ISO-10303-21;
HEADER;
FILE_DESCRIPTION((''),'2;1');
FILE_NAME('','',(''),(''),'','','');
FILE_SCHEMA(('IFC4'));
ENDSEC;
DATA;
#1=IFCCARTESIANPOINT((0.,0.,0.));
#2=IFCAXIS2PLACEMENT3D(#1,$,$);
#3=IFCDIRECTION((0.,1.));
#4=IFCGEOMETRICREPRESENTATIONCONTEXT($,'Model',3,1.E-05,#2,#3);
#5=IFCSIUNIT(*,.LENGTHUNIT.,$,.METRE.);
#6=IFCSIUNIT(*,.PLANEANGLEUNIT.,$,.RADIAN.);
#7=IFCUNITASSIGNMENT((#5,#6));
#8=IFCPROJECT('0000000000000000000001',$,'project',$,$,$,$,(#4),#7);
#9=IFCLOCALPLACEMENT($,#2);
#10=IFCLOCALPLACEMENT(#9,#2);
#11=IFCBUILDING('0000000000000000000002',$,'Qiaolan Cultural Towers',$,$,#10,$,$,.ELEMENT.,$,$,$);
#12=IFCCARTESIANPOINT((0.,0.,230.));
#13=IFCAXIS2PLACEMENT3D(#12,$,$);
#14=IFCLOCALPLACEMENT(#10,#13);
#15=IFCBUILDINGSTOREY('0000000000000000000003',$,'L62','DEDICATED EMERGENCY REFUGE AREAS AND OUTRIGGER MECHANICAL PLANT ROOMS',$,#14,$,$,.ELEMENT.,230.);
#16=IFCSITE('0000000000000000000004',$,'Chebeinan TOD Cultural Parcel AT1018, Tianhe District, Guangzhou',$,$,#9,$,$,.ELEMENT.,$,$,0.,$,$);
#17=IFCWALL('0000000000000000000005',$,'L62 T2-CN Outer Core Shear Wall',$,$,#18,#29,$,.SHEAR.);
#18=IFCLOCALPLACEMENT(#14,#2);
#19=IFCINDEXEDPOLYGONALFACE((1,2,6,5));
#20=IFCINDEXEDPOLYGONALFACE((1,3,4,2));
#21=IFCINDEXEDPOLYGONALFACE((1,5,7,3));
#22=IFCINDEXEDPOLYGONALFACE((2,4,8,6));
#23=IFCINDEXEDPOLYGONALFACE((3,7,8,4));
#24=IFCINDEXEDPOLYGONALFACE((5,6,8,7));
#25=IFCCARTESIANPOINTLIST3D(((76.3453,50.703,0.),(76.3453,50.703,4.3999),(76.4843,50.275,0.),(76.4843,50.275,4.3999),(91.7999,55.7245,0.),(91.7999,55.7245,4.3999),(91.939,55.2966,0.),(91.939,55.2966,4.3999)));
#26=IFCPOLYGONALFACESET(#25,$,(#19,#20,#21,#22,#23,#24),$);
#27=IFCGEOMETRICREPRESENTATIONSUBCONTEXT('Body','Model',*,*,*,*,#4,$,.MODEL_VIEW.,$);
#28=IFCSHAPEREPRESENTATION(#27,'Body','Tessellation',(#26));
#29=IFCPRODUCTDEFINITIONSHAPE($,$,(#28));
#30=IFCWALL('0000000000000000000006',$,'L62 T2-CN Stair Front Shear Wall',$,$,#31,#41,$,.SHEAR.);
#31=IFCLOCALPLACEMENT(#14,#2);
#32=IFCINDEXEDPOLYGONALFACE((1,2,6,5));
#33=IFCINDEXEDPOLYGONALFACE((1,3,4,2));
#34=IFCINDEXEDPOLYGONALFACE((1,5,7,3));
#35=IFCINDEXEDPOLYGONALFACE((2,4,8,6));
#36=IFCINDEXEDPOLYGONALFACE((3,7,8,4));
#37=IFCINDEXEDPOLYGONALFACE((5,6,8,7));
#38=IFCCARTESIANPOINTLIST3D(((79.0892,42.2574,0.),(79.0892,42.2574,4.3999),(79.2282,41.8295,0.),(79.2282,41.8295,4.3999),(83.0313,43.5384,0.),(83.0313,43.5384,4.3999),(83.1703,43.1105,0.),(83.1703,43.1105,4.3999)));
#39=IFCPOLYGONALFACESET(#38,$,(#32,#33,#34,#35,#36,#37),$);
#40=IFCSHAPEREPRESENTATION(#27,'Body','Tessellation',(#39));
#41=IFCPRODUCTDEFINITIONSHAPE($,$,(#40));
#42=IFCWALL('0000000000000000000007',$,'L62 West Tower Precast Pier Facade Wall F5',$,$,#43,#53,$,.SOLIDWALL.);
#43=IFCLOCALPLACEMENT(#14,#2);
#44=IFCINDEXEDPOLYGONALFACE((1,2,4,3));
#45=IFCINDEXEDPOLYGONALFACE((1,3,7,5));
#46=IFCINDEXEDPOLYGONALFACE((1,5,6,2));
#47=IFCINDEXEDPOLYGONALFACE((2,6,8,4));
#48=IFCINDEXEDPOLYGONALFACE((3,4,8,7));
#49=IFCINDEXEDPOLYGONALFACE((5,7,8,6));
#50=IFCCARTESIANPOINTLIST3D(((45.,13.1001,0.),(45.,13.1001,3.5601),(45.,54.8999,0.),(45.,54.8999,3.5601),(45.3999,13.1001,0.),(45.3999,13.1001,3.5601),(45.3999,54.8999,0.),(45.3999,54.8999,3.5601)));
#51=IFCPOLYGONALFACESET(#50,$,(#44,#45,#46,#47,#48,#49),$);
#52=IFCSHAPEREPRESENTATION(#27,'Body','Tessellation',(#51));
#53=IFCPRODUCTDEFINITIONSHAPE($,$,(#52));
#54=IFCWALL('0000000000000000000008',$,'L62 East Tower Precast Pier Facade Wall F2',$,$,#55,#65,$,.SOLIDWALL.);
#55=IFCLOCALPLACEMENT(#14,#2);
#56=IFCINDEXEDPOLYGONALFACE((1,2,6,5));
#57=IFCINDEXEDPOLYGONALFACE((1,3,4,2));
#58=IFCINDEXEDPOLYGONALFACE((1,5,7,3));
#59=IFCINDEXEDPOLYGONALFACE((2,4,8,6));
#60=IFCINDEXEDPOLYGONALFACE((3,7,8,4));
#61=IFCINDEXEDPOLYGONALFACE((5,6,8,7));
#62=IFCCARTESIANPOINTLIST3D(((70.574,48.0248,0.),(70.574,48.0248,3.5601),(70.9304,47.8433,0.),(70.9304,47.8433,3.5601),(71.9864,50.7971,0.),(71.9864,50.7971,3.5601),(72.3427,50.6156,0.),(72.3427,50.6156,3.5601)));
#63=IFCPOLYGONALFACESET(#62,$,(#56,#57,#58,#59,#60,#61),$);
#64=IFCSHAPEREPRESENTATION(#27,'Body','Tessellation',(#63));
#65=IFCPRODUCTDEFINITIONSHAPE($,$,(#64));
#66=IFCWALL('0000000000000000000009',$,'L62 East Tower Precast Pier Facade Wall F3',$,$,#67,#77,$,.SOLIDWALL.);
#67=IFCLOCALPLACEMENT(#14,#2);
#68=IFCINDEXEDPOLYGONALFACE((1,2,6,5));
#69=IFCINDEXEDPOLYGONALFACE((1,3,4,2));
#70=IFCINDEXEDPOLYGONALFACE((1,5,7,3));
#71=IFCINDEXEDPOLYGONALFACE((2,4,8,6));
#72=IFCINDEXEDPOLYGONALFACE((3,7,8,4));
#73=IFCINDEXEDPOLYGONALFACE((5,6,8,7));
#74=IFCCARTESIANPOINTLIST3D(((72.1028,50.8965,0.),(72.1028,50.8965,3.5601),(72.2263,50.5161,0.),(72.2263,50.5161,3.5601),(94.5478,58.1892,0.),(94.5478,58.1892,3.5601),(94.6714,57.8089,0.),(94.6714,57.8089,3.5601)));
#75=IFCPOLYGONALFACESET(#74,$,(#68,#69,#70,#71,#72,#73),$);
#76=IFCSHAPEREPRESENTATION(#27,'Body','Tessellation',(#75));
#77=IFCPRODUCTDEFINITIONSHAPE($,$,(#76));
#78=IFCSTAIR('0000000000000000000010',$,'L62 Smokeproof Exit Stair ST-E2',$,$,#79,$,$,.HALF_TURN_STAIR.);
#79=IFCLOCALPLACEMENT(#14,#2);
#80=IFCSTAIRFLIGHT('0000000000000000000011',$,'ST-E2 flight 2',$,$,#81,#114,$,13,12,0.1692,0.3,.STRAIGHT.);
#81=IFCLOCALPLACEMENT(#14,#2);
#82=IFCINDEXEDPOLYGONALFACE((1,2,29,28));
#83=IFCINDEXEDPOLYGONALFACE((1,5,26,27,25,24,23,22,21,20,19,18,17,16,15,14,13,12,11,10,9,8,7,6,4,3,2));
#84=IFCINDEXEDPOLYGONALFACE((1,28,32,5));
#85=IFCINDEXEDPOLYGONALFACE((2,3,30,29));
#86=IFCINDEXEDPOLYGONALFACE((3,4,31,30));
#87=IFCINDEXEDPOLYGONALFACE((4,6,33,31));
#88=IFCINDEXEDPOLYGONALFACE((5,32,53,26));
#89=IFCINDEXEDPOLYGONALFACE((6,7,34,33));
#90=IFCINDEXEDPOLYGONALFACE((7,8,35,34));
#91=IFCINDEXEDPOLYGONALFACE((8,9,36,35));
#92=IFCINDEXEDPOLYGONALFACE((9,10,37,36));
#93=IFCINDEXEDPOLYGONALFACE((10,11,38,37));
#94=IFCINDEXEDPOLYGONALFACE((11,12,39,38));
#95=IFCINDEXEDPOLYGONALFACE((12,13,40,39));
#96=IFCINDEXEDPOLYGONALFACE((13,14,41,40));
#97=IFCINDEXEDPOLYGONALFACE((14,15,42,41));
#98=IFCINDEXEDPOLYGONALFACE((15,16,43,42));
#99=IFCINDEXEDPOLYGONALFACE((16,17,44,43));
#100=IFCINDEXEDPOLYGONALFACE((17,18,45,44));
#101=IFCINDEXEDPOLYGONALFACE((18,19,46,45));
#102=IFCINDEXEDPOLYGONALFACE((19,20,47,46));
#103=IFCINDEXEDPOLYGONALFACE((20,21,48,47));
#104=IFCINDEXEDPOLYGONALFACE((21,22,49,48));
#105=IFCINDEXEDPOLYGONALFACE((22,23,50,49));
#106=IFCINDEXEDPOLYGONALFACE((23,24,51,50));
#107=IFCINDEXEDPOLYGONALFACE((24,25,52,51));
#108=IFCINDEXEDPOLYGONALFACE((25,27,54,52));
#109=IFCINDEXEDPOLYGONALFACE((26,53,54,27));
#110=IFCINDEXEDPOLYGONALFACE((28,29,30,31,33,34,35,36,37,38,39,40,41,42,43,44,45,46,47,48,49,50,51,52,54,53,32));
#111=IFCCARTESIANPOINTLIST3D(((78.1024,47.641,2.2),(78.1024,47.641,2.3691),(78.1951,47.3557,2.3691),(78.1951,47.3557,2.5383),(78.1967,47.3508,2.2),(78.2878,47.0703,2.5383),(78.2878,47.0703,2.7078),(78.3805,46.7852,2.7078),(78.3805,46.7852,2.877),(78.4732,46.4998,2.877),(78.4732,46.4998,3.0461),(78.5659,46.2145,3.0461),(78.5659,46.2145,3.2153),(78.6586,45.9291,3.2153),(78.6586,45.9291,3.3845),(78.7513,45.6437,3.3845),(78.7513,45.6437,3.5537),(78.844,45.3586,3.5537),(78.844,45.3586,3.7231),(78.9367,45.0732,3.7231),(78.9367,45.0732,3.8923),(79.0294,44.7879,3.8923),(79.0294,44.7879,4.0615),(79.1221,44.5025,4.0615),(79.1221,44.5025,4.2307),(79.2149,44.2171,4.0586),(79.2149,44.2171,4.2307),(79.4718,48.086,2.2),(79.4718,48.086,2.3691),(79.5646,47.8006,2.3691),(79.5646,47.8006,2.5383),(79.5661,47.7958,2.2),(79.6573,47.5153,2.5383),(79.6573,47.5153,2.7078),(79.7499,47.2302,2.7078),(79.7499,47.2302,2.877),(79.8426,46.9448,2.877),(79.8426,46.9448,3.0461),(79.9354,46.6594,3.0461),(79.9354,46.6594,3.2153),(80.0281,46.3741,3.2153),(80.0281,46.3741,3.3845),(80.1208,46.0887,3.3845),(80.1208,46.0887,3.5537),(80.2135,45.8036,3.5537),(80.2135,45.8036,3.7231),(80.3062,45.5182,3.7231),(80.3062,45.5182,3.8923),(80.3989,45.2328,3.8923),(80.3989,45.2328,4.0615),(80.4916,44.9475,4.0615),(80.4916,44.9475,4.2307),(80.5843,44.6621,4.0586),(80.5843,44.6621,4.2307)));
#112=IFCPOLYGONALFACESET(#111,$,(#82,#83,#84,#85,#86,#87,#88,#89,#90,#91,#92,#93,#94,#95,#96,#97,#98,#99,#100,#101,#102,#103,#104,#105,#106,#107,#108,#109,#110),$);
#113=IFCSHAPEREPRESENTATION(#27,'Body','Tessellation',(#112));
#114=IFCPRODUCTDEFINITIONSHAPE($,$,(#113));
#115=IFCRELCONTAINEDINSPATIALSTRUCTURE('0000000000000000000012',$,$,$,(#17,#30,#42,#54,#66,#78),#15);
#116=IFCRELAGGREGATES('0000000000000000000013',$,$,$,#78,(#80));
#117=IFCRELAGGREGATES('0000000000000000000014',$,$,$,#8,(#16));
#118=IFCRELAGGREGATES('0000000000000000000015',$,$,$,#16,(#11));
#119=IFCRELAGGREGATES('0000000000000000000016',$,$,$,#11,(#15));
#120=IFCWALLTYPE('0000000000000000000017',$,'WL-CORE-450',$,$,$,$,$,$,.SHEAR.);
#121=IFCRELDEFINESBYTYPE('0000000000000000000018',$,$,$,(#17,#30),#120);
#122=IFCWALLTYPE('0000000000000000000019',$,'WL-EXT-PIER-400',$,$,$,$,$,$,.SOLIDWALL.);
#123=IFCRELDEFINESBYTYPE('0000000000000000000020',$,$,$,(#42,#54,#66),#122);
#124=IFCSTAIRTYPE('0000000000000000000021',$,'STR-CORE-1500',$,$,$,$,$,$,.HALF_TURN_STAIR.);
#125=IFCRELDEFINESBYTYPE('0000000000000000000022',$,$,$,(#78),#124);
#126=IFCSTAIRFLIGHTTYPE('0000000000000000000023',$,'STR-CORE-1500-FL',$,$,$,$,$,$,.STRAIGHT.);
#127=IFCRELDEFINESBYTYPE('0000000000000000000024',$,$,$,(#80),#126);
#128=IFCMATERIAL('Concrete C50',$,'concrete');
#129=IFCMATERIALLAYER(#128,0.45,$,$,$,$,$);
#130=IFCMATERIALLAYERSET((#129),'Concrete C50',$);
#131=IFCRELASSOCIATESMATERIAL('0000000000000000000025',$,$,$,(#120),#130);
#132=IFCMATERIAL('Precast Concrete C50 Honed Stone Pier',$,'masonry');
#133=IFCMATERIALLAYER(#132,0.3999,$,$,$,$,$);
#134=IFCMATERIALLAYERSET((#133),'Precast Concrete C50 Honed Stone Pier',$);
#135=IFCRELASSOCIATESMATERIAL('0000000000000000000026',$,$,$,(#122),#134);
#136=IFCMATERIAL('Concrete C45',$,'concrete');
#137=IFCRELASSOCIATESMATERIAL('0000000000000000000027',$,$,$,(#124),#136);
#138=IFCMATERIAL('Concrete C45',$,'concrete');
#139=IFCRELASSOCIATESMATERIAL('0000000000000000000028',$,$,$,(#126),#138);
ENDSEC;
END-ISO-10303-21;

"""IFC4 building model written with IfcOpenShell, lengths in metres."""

from ifc_helpers import new_model, si_unit, direction, frame, frame_2d, origin, place, context, subcontext, project, spatial, polyline, rectangle, outline, extrude, material, layer, layer_set, type_object, element, aggregate, save


model = new_model("IFC4")

# Units and contexts
model_context = context("Model", 3, precision=1e-05, world=origin(), true_north=direction((0.0, 1.0)))
body_context = subcontext(model_context, "Body", "Model", "MODEL_VIEW")
ifc_project = project(units=[si_unit("LENGTHUNIT", "METRE"), si_unit("PLANEANGLEUNIT", "RADIAN")], contexts=[model_context])

# Site, building, storey
site_placement = place(None, origin())
site = spatial("IfcSite", under=ifc_project, at=site_placement, Name="Chebeinan TOD Cultural Parcel AT1018, Tianhe District, Guangzhou", CompositionType="ELEMENT", RefElevation=0.0)
building_placement = place(site_placement, origin())
building = spatial("IfcBuilding", under=site, at=building_placement, Name="Qiaolan Cultural Towers", CompositionType="ELEMENT")
storey_placement = place(building_placement, frame((0.0, 0.0, 230.0)))
storey = spatial("IfcBuildingStorey", under=building, at=storey_placement, Name="L62", Description="DEDICATED EMERGENCY REFUGE AREAS AND OUTRIGGER MECHANICAL PLANT ROOMS", CompositionType="ELEMENT", Elevation=230.0)

# Walls
ifc_material_1 = material(Name="Concrete C50", Category="concrete")
ifc_layer_1 = layer(ifc_material_1, 0.45)
ifc_layer_set_1 = layer_set([ifc_layer_1], Name="Concrete C50")
wall_type_1 = type_object("IfcWallType", Name="WL-CORE-450", PredefinedType="SHEAR", material=ifc_layer_set_1)
wall_1_placement = place(storey_placement, frame((76.4148, 50.489, 0.0), z_axis=(0.0, 0.0, 1.0), x_axis=(0.951057, 0.309016, 0.0)))
element("IfcWall", 1, at=wall_1_placement, inside=storey, type_object=wall_type_1, Name="L62 T2-CN Outer Core Shear Wall", PredefinedType="SHEAR", context=body_context, shape_type="SweptSolid", body=[
    extrude(rectangle(XDim=16.25, YDim=0.45, at=frame_2d((8.125, 0.0))), origin(), (0.0, 0.0, 1.0), 4.3999),
])
wall_2_placement = place(storey_placement, frame((79.1587, 42.0435, 0.0), z_axis=(0.0, 0.0, 1.0), x_axis=(0.951047, 0.309045, 0.0)))
element("IfcWall", 2, at=wall_2_placement, inside=storey, type_object=wall_type_1, Name="L62 T2-CN Stair Front Shear Wall", PredefinedType="SHEAR", context=body_context, shape_type="SweptSolid", body=[
    extrude(rectangle(XDim=4.145, YDim=0.45, at=frame_2d((2.0725, 0.0))), origin(), (0.0, 0.0, 1.0), 4.3999),
])
ifc_material_2 = material(Name="Precast Concrete C50 Honed Stone Pier", Category="masonry")
ifc_layer_2 = layer(ifc_material_2, 0.3999)
ifc_layer_set_2 = layer_set([ifc_layer_2], Name="Precast Concrete C50 Honed Stone Pier")
wall_type_2 = type_object("IfcWallType", Name="WL-EXT-PIER-400", PredefinedType="SOLIDWALL", material=ifc_layer_set_2)
wall_3_placement = place(storey_placement, frame((45.2, 54.8999, 0.0), z_axis=(0.0, 0.0, 1.0), x_axis=(0.0, -1.0, 0.0)))
element("IfcWall", 3, at=wall_3_placement, inside=storey, type_object=wall_type_2, Name="L62 West Tower Precast Pier Facade Wall F5", PredefinedType="SOLIDWALL", context=body_context, shape_type="SweptSolid", body=[
    extrude(rectangle(XDim=41.7998, YDim=0.3999, at=frame_2d((20.8999, 0.0))), origin(), (0.0, 0.0, 1.0), 3.5601),
])
wall_4_placement = place(storey_placement, frame((70.7522, 47.9341, 0.0), z_axis=(0.0, 0.0, 1.0), x_axis=(0.453949, 0.891028, 0.0)))
element("IfcWall", 4, at=wall_4_placement, inside=storey, type_object=wall_type_2, Name="L62 East Tower Precast Pier Facade Wall F2", PredefinedType="SOLIDWALL", context=body_context, shape_type="SweptSolid", body=[
    extrude(rectangle(XDim=3.1113, YDim=0.3999, at=frame_2d((1.5557, 0.0))), origin(), (0.0, 0.0, 1.0), 3.5601),
])
wall_5_placement = place(storey_placement, frame((72.1646, 50.7063, 0.0), z_axis=(0.0, 0.0, 1.0), x_axis=(0.951058, 0.309012, 0.0)))
element("IfcWall", 5, at=wall_5_placement, inside=storey, type_object=wall_type_2, Name="L62 East Tower Precast Pier Facade Wall F3", PredefinedType="SOLIDWALL", context=body_context, shape_type="SweptSolid", body=[
    extrude(rectangle(XDim=23.6001, YDim=0.3999, at=frame_2d((11.8, 0.0))), origin(), (0.0, 0.0, 1.0), 3.5601),
])

# Stair, stair flight
ifc_material_3 = material(Name="Concrete C45", Category="concrete")
stair_type = type_object("IfcStairType", Name="STR-CORE-1500", PredefinedType="HALF_TURN_STAIR", material=ifc_material_3)
stair_placement = place(storey_placement, origin())
stair = element("IfcStair", 6, at=stair_placement, inside=storey, type_object=stair_type, Name="L62 Smokeproof Exit Stair ST-E2", PredefinedType="HALF_TURN_STAIR")
ifc_material_4 = material(Name="Concrete C45", Category="concrete")
stair_flight_type = type_object("IfcStairFlightType", Name="STR-CORE-1500-FL", PredefinedType="STRAIGHT", material=ifc_material_4)
stair_flight_placement = place(storey_placement, frame((78.7871, 47.8635, 2.2), z_axis=(0.0, 0.0, 1.0), x_axis=(0.309017, -0.951057, 0.0)))
stair_flight = element("IfcStairFlight", 7, at=stair_flight_placement, type_object=stair_flight_type, Name="ST-E2 flight 2", NumberOfRisers=13, NumberOfTreads=12, PredefinedType="STRAIGHT", RiserHeight=0.1692, TreadLength=0.3, context=body_context, shape_type="SweptSolid", body=[
    extrude(outline(polyline([(0.0, 0.0), (0.0, 0.1692), (0.3, 0.1692), (0.3, 0.3384), (0.6001, 0.3384), (0.6001, 0.5078), (0.8999, 0.5078), (0.8999, 0.677), (1.2, 0.677), (1.2, 0.8462), (1.5, 0.8462), (1.5, 1.0154), (1.8, 1.0154), (1.8, 1.1846), (2.1001, 1.1846), (2.1001, 1.3538), (2.3999, 1.3538), (2.3999, 1.5232), (2.7, 1.5232), (2.7, 1.6924), (3.0, 1.6924), (3.0, 1.8616), (3.3, 1.8616), (3.3, 2.0308), (3.6001, 2.0308), (3.6001, 2.2), (3.6001, 1.8586), (0.3052, 0.0), (0.0, 0.0)])), frame((0.0, 0.72, 0.0), z_axis=(0.0, -1.0, 0.0), x_axis=(1.0, 0.0, 0.0)), (0.0, 0.0, 1.0), 1.4399),
])
aggregate(stair, [stair_flight])

save(model, "model.ifc")
